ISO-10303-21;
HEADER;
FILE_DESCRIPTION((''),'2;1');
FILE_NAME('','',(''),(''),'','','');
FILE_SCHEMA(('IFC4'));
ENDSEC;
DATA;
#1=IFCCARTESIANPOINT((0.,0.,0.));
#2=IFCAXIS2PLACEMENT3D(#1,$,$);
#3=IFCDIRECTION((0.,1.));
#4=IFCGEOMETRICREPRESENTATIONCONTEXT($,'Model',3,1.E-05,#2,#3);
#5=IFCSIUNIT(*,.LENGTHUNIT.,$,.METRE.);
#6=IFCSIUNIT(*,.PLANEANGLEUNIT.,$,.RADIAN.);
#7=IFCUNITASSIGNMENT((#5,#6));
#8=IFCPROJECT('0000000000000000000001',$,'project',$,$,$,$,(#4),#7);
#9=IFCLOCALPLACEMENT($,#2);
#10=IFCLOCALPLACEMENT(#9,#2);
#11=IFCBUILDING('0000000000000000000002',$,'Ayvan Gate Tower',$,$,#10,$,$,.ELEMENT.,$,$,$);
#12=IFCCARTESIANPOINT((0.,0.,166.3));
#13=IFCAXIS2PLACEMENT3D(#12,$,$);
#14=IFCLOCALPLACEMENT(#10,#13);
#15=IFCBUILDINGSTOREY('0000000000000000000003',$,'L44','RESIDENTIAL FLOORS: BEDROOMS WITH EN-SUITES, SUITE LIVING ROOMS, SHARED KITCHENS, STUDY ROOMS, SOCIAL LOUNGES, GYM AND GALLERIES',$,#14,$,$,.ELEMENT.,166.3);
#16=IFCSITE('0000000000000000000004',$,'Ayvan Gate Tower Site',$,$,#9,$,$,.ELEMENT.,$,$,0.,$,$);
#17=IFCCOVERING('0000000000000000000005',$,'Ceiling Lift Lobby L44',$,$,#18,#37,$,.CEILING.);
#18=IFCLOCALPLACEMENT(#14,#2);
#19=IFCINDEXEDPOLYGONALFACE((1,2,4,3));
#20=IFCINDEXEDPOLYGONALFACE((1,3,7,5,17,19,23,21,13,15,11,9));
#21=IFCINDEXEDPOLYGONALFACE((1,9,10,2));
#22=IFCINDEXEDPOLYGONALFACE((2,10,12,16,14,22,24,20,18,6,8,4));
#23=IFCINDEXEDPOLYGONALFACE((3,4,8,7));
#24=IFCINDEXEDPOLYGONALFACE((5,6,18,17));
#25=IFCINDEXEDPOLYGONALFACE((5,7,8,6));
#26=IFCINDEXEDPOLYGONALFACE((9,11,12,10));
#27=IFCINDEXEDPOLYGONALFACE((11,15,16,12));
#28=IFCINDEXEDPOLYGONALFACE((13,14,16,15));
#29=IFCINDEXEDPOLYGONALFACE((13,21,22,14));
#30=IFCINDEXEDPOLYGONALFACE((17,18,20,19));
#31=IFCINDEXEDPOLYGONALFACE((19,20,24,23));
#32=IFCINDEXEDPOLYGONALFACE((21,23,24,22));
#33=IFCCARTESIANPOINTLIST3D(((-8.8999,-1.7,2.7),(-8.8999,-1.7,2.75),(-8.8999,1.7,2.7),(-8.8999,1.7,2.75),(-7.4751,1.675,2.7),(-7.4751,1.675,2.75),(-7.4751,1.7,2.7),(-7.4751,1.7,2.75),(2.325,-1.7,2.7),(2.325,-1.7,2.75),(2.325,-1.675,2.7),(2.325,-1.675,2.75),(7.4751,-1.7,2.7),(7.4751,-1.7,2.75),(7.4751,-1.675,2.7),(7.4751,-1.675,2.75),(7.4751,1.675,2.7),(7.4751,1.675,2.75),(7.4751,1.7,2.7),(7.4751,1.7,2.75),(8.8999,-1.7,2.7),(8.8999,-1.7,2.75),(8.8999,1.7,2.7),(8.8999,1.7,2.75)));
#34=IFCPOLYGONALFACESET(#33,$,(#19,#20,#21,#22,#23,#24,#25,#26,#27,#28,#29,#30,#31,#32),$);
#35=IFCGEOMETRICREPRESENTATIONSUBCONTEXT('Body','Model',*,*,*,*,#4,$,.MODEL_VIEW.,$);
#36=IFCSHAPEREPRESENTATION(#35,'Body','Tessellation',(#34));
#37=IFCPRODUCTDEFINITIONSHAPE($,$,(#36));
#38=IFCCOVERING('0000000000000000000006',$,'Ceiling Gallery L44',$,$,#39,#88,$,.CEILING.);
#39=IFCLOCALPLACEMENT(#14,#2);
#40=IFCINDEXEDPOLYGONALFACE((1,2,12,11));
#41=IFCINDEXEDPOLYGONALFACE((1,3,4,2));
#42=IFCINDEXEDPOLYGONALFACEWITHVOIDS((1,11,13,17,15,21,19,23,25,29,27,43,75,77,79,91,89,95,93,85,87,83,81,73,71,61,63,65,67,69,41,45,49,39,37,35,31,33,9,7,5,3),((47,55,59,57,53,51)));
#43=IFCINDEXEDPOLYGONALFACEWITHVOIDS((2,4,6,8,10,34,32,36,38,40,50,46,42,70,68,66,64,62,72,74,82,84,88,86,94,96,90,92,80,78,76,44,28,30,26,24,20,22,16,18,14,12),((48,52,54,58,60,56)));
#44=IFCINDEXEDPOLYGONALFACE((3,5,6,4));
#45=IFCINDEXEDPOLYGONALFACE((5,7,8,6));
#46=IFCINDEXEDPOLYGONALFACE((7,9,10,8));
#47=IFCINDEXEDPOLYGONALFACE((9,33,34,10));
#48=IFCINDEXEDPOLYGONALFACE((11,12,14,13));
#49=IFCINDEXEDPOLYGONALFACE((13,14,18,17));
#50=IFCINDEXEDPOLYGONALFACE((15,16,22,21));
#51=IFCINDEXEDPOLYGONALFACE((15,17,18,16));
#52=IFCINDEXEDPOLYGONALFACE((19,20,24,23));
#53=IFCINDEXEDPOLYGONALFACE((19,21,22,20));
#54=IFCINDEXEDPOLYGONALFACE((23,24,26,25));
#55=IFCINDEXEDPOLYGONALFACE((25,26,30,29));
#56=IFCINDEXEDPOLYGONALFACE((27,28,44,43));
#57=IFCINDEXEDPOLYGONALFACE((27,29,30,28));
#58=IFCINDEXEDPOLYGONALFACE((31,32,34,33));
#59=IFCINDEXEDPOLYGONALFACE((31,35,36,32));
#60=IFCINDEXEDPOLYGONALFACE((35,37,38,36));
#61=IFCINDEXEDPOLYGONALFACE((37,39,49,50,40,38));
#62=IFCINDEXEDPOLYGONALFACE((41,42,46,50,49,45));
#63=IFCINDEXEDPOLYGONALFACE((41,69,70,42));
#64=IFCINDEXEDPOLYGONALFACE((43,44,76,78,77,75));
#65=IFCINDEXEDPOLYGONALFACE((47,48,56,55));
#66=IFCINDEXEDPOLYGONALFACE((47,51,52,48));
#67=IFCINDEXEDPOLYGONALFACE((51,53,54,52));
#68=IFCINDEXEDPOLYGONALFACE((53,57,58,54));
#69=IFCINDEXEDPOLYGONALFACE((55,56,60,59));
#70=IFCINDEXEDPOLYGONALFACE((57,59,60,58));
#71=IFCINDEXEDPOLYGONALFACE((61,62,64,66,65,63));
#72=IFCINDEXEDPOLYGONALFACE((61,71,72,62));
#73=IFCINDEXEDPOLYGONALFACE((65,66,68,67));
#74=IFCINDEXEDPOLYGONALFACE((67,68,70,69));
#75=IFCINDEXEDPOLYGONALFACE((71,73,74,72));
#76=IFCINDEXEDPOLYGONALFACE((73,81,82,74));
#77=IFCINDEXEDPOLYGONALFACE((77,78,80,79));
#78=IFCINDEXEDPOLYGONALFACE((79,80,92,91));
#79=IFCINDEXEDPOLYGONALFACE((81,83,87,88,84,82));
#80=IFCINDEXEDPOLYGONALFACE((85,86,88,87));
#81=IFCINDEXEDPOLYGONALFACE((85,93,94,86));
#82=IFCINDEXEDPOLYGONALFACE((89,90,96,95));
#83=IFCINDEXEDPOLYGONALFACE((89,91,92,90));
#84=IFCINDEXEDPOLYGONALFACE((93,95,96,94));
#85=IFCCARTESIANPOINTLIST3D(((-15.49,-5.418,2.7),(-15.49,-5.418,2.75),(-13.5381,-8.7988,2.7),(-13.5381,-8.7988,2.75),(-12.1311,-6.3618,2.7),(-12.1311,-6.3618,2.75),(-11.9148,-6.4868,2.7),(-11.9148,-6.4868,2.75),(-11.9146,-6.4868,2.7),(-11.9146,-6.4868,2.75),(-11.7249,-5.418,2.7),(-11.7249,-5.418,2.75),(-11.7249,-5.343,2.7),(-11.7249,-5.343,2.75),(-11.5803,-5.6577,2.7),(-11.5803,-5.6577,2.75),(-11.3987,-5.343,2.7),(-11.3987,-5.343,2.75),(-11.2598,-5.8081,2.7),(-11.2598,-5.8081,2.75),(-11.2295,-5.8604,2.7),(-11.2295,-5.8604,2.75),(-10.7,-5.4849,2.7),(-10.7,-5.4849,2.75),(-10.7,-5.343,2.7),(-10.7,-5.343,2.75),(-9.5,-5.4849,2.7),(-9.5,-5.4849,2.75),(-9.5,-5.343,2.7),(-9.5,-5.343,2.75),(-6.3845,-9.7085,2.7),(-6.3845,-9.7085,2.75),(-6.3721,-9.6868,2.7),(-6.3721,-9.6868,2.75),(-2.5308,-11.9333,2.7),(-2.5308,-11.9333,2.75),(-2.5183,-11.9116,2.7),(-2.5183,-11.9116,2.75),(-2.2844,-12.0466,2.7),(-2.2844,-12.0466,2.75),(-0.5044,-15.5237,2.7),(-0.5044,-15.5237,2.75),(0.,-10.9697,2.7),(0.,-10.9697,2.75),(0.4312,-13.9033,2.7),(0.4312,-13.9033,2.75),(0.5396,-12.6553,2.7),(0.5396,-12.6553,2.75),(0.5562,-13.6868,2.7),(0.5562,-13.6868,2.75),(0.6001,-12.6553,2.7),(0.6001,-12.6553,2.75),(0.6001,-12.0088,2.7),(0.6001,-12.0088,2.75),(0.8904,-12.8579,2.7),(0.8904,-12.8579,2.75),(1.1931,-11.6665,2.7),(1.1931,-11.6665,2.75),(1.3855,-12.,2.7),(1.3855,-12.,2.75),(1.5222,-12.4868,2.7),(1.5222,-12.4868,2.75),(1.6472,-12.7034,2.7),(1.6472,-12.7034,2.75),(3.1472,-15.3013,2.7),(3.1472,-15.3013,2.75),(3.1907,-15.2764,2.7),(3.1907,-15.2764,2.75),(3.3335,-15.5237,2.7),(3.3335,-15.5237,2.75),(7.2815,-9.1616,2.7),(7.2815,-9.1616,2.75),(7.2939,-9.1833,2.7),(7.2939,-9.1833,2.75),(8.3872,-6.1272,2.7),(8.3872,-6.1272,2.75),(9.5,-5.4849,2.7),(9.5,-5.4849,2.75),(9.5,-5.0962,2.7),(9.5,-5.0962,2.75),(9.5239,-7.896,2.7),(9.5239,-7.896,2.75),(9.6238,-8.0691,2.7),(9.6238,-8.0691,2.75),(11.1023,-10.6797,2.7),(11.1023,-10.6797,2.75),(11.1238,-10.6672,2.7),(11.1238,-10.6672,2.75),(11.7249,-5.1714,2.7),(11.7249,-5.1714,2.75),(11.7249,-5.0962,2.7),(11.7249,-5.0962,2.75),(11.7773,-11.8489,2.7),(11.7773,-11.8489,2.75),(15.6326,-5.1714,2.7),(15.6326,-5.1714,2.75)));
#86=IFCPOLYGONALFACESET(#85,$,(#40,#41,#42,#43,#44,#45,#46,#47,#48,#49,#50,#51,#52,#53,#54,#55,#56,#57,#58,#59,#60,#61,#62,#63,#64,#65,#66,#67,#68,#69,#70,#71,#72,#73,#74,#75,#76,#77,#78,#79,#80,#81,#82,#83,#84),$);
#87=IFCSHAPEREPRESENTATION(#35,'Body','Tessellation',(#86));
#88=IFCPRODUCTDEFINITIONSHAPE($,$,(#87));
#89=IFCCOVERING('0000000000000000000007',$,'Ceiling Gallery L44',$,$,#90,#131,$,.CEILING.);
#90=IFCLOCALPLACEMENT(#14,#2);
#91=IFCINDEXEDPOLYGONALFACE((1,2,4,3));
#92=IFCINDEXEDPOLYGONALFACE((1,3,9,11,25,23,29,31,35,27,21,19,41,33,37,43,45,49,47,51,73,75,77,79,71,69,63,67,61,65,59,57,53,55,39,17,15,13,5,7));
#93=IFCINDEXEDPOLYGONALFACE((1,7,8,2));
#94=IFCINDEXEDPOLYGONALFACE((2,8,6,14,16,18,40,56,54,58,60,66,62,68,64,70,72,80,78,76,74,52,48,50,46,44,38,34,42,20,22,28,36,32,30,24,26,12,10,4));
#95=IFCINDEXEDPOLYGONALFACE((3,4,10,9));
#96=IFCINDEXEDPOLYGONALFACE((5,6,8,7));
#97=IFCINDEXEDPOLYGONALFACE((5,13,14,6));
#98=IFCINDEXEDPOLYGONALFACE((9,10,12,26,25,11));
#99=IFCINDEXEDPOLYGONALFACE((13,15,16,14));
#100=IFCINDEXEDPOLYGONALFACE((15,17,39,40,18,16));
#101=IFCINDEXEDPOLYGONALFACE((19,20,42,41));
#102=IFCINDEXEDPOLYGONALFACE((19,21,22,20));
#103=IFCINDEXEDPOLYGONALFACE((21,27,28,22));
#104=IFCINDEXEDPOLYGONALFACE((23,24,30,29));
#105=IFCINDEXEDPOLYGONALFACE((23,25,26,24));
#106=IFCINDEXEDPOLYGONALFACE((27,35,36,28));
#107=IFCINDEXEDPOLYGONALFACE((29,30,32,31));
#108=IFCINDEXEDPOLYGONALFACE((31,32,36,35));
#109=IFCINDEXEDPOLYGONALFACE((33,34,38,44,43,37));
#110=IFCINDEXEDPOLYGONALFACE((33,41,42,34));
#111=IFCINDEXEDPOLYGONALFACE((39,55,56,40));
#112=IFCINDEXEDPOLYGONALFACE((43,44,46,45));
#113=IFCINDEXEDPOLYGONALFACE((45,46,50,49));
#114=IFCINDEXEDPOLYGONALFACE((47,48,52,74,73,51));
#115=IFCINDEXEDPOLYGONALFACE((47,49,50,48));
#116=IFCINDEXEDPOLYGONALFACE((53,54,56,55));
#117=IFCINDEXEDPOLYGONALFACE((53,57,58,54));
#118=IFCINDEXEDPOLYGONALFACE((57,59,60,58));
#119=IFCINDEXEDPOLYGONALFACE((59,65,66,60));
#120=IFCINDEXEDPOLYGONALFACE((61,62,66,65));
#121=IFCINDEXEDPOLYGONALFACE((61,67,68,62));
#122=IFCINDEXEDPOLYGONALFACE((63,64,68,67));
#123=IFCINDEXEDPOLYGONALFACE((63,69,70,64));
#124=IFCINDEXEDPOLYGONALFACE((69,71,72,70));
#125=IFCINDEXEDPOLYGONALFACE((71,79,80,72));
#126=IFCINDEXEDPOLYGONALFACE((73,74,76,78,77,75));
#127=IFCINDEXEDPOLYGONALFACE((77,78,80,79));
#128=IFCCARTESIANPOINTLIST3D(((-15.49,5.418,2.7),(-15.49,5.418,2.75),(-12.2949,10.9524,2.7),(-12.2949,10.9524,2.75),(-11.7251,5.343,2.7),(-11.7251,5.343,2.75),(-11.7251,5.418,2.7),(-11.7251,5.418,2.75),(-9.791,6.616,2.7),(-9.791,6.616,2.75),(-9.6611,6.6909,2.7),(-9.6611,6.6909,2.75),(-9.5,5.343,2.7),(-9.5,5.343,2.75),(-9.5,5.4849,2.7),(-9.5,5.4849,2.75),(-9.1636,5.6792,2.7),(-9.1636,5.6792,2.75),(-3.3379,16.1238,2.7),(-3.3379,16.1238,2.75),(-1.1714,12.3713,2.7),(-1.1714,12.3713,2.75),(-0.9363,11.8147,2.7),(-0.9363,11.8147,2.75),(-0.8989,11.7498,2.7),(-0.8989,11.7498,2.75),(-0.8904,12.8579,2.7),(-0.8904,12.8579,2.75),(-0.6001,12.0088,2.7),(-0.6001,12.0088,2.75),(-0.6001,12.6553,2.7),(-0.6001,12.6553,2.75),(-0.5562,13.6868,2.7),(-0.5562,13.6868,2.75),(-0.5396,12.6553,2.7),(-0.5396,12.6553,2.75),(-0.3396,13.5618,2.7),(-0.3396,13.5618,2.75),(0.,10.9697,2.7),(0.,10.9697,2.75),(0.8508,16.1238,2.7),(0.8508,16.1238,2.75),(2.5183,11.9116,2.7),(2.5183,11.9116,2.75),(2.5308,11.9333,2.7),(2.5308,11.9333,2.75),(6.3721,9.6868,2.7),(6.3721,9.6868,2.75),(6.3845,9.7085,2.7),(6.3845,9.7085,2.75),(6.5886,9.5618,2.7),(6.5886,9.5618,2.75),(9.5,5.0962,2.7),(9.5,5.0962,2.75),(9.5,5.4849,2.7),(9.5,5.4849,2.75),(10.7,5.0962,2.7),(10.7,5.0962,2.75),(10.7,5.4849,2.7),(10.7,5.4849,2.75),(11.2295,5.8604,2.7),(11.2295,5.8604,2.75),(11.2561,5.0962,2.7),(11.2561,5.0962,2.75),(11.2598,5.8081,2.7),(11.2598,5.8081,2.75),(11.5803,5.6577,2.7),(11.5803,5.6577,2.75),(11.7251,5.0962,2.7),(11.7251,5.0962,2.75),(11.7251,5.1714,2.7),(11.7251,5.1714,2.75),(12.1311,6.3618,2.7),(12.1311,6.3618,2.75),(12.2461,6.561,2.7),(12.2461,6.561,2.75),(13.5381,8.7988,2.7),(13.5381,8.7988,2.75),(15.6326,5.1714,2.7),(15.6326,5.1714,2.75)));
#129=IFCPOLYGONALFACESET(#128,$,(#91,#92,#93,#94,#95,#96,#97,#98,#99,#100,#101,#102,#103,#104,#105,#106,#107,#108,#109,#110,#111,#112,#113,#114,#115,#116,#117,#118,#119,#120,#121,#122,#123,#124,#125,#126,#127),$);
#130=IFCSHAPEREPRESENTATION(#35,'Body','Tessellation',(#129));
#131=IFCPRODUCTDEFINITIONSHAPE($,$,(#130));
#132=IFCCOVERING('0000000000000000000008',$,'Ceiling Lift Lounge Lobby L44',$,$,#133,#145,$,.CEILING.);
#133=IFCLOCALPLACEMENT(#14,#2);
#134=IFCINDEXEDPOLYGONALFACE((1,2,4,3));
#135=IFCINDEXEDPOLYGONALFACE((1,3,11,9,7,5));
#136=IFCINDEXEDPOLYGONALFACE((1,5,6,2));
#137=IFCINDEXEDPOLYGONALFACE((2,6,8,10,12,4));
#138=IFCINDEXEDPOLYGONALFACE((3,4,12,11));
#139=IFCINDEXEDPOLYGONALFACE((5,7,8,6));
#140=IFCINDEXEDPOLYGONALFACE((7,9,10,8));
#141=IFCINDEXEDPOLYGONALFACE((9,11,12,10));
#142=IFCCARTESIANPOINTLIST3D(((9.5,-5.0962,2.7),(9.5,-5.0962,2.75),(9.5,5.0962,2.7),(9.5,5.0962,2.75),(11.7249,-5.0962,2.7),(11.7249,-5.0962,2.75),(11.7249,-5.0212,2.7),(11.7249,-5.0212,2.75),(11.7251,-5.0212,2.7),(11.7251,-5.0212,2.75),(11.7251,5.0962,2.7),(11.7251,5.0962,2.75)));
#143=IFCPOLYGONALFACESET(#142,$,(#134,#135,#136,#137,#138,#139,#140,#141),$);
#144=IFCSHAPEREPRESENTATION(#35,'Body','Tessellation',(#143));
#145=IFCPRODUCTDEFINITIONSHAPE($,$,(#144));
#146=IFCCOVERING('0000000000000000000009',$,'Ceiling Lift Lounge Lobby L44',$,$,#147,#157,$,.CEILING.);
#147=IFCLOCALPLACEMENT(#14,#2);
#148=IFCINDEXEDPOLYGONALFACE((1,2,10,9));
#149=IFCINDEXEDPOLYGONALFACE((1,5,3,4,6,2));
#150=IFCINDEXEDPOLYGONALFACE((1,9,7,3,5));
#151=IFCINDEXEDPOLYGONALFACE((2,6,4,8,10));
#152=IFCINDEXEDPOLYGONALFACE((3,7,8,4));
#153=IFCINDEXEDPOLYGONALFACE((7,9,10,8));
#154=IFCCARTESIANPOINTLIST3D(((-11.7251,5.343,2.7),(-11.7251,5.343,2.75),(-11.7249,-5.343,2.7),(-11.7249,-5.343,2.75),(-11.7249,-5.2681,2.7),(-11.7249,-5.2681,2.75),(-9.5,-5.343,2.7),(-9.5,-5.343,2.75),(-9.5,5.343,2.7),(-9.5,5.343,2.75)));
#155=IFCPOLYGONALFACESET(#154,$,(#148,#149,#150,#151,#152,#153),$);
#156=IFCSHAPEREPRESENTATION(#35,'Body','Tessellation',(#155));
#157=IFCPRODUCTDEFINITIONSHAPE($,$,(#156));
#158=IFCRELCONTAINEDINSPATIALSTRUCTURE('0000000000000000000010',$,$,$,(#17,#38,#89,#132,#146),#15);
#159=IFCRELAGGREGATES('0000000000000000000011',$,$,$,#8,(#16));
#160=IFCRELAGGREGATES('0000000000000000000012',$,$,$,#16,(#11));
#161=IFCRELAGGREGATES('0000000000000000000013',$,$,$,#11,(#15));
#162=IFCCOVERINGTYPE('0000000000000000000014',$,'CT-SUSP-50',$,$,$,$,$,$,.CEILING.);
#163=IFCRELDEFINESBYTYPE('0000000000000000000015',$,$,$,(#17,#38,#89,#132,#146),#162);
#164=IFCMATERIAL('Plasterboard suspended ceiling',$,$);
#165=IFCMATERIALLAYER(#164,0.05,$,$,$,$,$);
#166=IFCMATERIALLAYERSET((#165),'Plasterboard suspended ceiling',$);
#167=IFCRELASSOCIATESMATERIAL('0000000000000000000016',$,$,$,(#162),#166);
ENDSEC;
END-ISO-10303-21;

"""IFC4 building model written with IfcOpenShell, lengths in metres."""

from ifc_helpers import new_model, si_unit, direction, frame, origin, place, context, subcontext, project, spatial, polyline, outline, extrude, material, layer, layer_set, type_object, element, save


model = new_model("IFC4")

# Units and contexts
model_context = context("Model", 3, precision=1e-05, world=origin(), true_north=direction((0.0, 1.0)))
body_context = subcontext(model_context, "Body", "Model", "MODEL_VIEW")
ifc_project = project(units=[si_unit("LENGTHUNIT", "METRE"), si_unit("PLANEANGLEUNIT", "RADIAN")], contexts=[model_context])

# Site, building, storey
site_placement = place(None, origin())
site = spatial("IfcSite", under=ifc_project, at=site_placement, Name="Ayvan Gate Tower Site", CompositionType="ELEMENT", RefElevation=0.0)
building_placement = place(site_placement, origin())
building = spatial("IfcBuilding", under=site, at=building_placement, Name="Ayvan Gate Tower", CompositionType="ELEMENT")
storey_placement = place(building_placement, frame((0.0, 0.0, 166.3)))
storey = spatial("IfcBuildingStorey", under=building, at=storey_placement, Name="L44", Description="RESIDENTIAL FLOORS: BEDROOMS WITH EN-SUITES, SUITE LIVING ROOMS, SHARED KITCHENS, STUDY ROOMS, SOCIAL LOUNGES, GYM AND GALLERIES", CompositionType="ELEMENT", Elevation=166.3)

# Coverings
ifc_material_1 = material(Name="Plasterboard suspended ceiling")
ifc_layer_1 = layer(ifc_material_1, 0.05)
ifc_layer_set_1 = layer_set([ifc_layer_1], Name="Plasterboard suspended ceiling")
covering_type = type_object("IfcCoveringType", Name="CT-SUSP-50", PredefinedType="CEILING", material=ifc_layer_set_1)
covering_1_placement = place(storey_placement, frame((0.0, 0.0, 2.7)))
element("IfcCovering", 1, at=covering_1_placement, inside=storey, type_object=covering_type, Name="Ceiling Lift Lobby L44", PredefinedType="CEILING", context=body_context, shape_type="SweptSolid", body=[
    extrude(outline(polyline([(7.4751, -1.675), (2.325, -1.675), (2.325, -1.7), (-8.8999, -1.7), (-8.8999, 1.7), (-7.4751, 1.7), (-7.4751, 1.675), (7.4751, 1.675), (7.4751, 1.7), (8.8999, 1.7), (8.8999, -1.7), (7.4751, -1.7), (7.4751, -1.675)])), origin(), (0.0, 0.0, 1.0), 0.05),
])
covering_2_placement = place(storey_placement, frame((0.0, 0.0, 2.7)))
element("IfcCovering", 2, at=covering_2_placement, inside=storey, type_object=covering_type, Name="Ceiling Gallery L44", PredefinedType="CEILING", context=body_context, shape_type="SweptSolid", body=[
    extrude(outline(polyline([(-11.9148, -6.4868), (-12.1311, -6.3618), (-13.5381, -8.7988), (-15.49, -5.418), (-11.7249, -5.418), (-11.7249, -5.343), (-11.3987, -5.343), (-11.5803, -5.6577), (-11.2295, -5.8604), (-11.2598, -5.8081), (-10.7, -5.4849), (-10.7, -5.343), (-9.5, -5.343), (-9.5, -5.4849), (0.0, -10.9697), (8.3872, -6.1272), (9.5, -5.4849), (9.5, -5.0962), (11.7249, -5.0962), (11.7249, -5.1714), (15.6326, -5.1714), (11.7773, -11.8489), (11.1023, -10.6797), (11.1238, -10.6672), (9.6238, -8.0691), (9.5239, -7.896), (7.2939, -9.1833), (7.2815, -9.1616), (1.5222, -12.4868), (1.6472, -12.7034), (3.1472, -15.3013), (3.1907, -15.2764), (3.3335, -15.5237), (-0.5044, -15.5237), (0.4312, -13.9033), (0.5562, -13.6868), (-2.2844, -12.0466), (-2.5183, -11.9116), (-2.5308, -11.9333), (-6.3845, -9.7085), (-6.3721, -9.6868), (-11.9146, -6.4868), (-11.9148, -6.4868)]), holes=[polyline([(0.8904, -12.8579), (1.3855, -12.0), (1.1931, -11.6665), (0.6001, -12.0088), (0.6001, -12.6553), (0.5396, -12.6553), (0.8904, -12.8579)])]), origin(), (0.0, 0.0, 1.0), 0.05),
])
covering_3_placement = place(storey_placement, frame((0.0, 0.0, 2.7)))
element("IfcCovering", 3, at=covering_3_placement, inside=storey, type_object=covering_type, Name="Ceiling Gallery L44", PredefinedType="CEILING", context=body_context, shape_type="SweptSolid", body=[
    extrude(outline(polyline([(-9.6611, 6.6909), (-9.6611, 6.6909), (-0.8989, 11.7498), (-0.9363, 11.8147), (-0.6001, 12.0088), (-0.6001, 12.6553), (-0.5396, 12.6553), (-0.8904, 12.8579), (-1.1714, 12.3713), (-3.3379, 16.1238), (0.8508, 16.1238), (-0.5562, 13.6868), (-0.3396, 13.5618), (2.5183, 11.9116), (2.5308, 11.9333), (6.3845, 9.7085), (6.3721, 9.6868), (6.5886, 9.5618), (12.1311, 6.3618), (12.2461, 6.561), (13.5381, 8.7988), (15.6326, 5.1714), (11.7251, 5.1714), (11.7251, 5.0962), (11.2561, 5.0962), (11.5803, 5.6577), (11.2295, 5.8604), (11.2598, 5.8081), (10.7, 5.4849), (10.7, 5.0962), (9.5, 5.0962), (9.5, 5.4849), (0.0, 10.9697), (-9.1636, 5.6792), (-9.5, 5.4849), (-9.5, 5.343), (-11.7251, 5.343), (-11.7251, 5.418), (-15.49, 5.418), (-12.2949, 10.9524), (-9.791, 6.616), (-9.6611, 6.6909)])), origin(), (0.0, 0.0, 1.0), 0.05),
])
covering_4_placement = place(storey_placement, frame((0.0, 0.0, 2.7)))
element("IfcCovering", 4, at=covering_4_placement, inside=storey, type_object=covering_type, Name="Ceiling Lift Lounge Lobby L44", PredefinedType="CEILING", context=body_context, shape_type="SweptSolid", body=[
    extrude(outline(polyline([(11.7249, -5.0962), (9.5, -5.0962), (9.5, 5.0962), (11.7251, 5.0962), (11.7251, -5.0212), (11.7249, -5.0212), (11.7249, -5.0962)])), origin(), (0.0, 0.0, 1.0), 0.05),
])
covering_5_placement = place(storey_placement, frame((0.0, 0.0, 2.7)))
element("IfcCovering", 5, at=covering_5_placement, inside=storey, type_object=covering_type, Name="Ceiling Lift Lounge Lobby L44", PredefinedType="CEILING", context=body_context, shape_type="SweptSolid", body=[
    extrude(outline(polyline([(-11.7249, -5.2681), (-11.7251, 5.343), (-9.5, 5.343), (-9.5, -5.343), (-11.7249, -5.343), (-11.7249, -5.2681)])), origin(), (0.0, 0.0, 1.0), 0.05),
])

save(model, "model.ifc")
